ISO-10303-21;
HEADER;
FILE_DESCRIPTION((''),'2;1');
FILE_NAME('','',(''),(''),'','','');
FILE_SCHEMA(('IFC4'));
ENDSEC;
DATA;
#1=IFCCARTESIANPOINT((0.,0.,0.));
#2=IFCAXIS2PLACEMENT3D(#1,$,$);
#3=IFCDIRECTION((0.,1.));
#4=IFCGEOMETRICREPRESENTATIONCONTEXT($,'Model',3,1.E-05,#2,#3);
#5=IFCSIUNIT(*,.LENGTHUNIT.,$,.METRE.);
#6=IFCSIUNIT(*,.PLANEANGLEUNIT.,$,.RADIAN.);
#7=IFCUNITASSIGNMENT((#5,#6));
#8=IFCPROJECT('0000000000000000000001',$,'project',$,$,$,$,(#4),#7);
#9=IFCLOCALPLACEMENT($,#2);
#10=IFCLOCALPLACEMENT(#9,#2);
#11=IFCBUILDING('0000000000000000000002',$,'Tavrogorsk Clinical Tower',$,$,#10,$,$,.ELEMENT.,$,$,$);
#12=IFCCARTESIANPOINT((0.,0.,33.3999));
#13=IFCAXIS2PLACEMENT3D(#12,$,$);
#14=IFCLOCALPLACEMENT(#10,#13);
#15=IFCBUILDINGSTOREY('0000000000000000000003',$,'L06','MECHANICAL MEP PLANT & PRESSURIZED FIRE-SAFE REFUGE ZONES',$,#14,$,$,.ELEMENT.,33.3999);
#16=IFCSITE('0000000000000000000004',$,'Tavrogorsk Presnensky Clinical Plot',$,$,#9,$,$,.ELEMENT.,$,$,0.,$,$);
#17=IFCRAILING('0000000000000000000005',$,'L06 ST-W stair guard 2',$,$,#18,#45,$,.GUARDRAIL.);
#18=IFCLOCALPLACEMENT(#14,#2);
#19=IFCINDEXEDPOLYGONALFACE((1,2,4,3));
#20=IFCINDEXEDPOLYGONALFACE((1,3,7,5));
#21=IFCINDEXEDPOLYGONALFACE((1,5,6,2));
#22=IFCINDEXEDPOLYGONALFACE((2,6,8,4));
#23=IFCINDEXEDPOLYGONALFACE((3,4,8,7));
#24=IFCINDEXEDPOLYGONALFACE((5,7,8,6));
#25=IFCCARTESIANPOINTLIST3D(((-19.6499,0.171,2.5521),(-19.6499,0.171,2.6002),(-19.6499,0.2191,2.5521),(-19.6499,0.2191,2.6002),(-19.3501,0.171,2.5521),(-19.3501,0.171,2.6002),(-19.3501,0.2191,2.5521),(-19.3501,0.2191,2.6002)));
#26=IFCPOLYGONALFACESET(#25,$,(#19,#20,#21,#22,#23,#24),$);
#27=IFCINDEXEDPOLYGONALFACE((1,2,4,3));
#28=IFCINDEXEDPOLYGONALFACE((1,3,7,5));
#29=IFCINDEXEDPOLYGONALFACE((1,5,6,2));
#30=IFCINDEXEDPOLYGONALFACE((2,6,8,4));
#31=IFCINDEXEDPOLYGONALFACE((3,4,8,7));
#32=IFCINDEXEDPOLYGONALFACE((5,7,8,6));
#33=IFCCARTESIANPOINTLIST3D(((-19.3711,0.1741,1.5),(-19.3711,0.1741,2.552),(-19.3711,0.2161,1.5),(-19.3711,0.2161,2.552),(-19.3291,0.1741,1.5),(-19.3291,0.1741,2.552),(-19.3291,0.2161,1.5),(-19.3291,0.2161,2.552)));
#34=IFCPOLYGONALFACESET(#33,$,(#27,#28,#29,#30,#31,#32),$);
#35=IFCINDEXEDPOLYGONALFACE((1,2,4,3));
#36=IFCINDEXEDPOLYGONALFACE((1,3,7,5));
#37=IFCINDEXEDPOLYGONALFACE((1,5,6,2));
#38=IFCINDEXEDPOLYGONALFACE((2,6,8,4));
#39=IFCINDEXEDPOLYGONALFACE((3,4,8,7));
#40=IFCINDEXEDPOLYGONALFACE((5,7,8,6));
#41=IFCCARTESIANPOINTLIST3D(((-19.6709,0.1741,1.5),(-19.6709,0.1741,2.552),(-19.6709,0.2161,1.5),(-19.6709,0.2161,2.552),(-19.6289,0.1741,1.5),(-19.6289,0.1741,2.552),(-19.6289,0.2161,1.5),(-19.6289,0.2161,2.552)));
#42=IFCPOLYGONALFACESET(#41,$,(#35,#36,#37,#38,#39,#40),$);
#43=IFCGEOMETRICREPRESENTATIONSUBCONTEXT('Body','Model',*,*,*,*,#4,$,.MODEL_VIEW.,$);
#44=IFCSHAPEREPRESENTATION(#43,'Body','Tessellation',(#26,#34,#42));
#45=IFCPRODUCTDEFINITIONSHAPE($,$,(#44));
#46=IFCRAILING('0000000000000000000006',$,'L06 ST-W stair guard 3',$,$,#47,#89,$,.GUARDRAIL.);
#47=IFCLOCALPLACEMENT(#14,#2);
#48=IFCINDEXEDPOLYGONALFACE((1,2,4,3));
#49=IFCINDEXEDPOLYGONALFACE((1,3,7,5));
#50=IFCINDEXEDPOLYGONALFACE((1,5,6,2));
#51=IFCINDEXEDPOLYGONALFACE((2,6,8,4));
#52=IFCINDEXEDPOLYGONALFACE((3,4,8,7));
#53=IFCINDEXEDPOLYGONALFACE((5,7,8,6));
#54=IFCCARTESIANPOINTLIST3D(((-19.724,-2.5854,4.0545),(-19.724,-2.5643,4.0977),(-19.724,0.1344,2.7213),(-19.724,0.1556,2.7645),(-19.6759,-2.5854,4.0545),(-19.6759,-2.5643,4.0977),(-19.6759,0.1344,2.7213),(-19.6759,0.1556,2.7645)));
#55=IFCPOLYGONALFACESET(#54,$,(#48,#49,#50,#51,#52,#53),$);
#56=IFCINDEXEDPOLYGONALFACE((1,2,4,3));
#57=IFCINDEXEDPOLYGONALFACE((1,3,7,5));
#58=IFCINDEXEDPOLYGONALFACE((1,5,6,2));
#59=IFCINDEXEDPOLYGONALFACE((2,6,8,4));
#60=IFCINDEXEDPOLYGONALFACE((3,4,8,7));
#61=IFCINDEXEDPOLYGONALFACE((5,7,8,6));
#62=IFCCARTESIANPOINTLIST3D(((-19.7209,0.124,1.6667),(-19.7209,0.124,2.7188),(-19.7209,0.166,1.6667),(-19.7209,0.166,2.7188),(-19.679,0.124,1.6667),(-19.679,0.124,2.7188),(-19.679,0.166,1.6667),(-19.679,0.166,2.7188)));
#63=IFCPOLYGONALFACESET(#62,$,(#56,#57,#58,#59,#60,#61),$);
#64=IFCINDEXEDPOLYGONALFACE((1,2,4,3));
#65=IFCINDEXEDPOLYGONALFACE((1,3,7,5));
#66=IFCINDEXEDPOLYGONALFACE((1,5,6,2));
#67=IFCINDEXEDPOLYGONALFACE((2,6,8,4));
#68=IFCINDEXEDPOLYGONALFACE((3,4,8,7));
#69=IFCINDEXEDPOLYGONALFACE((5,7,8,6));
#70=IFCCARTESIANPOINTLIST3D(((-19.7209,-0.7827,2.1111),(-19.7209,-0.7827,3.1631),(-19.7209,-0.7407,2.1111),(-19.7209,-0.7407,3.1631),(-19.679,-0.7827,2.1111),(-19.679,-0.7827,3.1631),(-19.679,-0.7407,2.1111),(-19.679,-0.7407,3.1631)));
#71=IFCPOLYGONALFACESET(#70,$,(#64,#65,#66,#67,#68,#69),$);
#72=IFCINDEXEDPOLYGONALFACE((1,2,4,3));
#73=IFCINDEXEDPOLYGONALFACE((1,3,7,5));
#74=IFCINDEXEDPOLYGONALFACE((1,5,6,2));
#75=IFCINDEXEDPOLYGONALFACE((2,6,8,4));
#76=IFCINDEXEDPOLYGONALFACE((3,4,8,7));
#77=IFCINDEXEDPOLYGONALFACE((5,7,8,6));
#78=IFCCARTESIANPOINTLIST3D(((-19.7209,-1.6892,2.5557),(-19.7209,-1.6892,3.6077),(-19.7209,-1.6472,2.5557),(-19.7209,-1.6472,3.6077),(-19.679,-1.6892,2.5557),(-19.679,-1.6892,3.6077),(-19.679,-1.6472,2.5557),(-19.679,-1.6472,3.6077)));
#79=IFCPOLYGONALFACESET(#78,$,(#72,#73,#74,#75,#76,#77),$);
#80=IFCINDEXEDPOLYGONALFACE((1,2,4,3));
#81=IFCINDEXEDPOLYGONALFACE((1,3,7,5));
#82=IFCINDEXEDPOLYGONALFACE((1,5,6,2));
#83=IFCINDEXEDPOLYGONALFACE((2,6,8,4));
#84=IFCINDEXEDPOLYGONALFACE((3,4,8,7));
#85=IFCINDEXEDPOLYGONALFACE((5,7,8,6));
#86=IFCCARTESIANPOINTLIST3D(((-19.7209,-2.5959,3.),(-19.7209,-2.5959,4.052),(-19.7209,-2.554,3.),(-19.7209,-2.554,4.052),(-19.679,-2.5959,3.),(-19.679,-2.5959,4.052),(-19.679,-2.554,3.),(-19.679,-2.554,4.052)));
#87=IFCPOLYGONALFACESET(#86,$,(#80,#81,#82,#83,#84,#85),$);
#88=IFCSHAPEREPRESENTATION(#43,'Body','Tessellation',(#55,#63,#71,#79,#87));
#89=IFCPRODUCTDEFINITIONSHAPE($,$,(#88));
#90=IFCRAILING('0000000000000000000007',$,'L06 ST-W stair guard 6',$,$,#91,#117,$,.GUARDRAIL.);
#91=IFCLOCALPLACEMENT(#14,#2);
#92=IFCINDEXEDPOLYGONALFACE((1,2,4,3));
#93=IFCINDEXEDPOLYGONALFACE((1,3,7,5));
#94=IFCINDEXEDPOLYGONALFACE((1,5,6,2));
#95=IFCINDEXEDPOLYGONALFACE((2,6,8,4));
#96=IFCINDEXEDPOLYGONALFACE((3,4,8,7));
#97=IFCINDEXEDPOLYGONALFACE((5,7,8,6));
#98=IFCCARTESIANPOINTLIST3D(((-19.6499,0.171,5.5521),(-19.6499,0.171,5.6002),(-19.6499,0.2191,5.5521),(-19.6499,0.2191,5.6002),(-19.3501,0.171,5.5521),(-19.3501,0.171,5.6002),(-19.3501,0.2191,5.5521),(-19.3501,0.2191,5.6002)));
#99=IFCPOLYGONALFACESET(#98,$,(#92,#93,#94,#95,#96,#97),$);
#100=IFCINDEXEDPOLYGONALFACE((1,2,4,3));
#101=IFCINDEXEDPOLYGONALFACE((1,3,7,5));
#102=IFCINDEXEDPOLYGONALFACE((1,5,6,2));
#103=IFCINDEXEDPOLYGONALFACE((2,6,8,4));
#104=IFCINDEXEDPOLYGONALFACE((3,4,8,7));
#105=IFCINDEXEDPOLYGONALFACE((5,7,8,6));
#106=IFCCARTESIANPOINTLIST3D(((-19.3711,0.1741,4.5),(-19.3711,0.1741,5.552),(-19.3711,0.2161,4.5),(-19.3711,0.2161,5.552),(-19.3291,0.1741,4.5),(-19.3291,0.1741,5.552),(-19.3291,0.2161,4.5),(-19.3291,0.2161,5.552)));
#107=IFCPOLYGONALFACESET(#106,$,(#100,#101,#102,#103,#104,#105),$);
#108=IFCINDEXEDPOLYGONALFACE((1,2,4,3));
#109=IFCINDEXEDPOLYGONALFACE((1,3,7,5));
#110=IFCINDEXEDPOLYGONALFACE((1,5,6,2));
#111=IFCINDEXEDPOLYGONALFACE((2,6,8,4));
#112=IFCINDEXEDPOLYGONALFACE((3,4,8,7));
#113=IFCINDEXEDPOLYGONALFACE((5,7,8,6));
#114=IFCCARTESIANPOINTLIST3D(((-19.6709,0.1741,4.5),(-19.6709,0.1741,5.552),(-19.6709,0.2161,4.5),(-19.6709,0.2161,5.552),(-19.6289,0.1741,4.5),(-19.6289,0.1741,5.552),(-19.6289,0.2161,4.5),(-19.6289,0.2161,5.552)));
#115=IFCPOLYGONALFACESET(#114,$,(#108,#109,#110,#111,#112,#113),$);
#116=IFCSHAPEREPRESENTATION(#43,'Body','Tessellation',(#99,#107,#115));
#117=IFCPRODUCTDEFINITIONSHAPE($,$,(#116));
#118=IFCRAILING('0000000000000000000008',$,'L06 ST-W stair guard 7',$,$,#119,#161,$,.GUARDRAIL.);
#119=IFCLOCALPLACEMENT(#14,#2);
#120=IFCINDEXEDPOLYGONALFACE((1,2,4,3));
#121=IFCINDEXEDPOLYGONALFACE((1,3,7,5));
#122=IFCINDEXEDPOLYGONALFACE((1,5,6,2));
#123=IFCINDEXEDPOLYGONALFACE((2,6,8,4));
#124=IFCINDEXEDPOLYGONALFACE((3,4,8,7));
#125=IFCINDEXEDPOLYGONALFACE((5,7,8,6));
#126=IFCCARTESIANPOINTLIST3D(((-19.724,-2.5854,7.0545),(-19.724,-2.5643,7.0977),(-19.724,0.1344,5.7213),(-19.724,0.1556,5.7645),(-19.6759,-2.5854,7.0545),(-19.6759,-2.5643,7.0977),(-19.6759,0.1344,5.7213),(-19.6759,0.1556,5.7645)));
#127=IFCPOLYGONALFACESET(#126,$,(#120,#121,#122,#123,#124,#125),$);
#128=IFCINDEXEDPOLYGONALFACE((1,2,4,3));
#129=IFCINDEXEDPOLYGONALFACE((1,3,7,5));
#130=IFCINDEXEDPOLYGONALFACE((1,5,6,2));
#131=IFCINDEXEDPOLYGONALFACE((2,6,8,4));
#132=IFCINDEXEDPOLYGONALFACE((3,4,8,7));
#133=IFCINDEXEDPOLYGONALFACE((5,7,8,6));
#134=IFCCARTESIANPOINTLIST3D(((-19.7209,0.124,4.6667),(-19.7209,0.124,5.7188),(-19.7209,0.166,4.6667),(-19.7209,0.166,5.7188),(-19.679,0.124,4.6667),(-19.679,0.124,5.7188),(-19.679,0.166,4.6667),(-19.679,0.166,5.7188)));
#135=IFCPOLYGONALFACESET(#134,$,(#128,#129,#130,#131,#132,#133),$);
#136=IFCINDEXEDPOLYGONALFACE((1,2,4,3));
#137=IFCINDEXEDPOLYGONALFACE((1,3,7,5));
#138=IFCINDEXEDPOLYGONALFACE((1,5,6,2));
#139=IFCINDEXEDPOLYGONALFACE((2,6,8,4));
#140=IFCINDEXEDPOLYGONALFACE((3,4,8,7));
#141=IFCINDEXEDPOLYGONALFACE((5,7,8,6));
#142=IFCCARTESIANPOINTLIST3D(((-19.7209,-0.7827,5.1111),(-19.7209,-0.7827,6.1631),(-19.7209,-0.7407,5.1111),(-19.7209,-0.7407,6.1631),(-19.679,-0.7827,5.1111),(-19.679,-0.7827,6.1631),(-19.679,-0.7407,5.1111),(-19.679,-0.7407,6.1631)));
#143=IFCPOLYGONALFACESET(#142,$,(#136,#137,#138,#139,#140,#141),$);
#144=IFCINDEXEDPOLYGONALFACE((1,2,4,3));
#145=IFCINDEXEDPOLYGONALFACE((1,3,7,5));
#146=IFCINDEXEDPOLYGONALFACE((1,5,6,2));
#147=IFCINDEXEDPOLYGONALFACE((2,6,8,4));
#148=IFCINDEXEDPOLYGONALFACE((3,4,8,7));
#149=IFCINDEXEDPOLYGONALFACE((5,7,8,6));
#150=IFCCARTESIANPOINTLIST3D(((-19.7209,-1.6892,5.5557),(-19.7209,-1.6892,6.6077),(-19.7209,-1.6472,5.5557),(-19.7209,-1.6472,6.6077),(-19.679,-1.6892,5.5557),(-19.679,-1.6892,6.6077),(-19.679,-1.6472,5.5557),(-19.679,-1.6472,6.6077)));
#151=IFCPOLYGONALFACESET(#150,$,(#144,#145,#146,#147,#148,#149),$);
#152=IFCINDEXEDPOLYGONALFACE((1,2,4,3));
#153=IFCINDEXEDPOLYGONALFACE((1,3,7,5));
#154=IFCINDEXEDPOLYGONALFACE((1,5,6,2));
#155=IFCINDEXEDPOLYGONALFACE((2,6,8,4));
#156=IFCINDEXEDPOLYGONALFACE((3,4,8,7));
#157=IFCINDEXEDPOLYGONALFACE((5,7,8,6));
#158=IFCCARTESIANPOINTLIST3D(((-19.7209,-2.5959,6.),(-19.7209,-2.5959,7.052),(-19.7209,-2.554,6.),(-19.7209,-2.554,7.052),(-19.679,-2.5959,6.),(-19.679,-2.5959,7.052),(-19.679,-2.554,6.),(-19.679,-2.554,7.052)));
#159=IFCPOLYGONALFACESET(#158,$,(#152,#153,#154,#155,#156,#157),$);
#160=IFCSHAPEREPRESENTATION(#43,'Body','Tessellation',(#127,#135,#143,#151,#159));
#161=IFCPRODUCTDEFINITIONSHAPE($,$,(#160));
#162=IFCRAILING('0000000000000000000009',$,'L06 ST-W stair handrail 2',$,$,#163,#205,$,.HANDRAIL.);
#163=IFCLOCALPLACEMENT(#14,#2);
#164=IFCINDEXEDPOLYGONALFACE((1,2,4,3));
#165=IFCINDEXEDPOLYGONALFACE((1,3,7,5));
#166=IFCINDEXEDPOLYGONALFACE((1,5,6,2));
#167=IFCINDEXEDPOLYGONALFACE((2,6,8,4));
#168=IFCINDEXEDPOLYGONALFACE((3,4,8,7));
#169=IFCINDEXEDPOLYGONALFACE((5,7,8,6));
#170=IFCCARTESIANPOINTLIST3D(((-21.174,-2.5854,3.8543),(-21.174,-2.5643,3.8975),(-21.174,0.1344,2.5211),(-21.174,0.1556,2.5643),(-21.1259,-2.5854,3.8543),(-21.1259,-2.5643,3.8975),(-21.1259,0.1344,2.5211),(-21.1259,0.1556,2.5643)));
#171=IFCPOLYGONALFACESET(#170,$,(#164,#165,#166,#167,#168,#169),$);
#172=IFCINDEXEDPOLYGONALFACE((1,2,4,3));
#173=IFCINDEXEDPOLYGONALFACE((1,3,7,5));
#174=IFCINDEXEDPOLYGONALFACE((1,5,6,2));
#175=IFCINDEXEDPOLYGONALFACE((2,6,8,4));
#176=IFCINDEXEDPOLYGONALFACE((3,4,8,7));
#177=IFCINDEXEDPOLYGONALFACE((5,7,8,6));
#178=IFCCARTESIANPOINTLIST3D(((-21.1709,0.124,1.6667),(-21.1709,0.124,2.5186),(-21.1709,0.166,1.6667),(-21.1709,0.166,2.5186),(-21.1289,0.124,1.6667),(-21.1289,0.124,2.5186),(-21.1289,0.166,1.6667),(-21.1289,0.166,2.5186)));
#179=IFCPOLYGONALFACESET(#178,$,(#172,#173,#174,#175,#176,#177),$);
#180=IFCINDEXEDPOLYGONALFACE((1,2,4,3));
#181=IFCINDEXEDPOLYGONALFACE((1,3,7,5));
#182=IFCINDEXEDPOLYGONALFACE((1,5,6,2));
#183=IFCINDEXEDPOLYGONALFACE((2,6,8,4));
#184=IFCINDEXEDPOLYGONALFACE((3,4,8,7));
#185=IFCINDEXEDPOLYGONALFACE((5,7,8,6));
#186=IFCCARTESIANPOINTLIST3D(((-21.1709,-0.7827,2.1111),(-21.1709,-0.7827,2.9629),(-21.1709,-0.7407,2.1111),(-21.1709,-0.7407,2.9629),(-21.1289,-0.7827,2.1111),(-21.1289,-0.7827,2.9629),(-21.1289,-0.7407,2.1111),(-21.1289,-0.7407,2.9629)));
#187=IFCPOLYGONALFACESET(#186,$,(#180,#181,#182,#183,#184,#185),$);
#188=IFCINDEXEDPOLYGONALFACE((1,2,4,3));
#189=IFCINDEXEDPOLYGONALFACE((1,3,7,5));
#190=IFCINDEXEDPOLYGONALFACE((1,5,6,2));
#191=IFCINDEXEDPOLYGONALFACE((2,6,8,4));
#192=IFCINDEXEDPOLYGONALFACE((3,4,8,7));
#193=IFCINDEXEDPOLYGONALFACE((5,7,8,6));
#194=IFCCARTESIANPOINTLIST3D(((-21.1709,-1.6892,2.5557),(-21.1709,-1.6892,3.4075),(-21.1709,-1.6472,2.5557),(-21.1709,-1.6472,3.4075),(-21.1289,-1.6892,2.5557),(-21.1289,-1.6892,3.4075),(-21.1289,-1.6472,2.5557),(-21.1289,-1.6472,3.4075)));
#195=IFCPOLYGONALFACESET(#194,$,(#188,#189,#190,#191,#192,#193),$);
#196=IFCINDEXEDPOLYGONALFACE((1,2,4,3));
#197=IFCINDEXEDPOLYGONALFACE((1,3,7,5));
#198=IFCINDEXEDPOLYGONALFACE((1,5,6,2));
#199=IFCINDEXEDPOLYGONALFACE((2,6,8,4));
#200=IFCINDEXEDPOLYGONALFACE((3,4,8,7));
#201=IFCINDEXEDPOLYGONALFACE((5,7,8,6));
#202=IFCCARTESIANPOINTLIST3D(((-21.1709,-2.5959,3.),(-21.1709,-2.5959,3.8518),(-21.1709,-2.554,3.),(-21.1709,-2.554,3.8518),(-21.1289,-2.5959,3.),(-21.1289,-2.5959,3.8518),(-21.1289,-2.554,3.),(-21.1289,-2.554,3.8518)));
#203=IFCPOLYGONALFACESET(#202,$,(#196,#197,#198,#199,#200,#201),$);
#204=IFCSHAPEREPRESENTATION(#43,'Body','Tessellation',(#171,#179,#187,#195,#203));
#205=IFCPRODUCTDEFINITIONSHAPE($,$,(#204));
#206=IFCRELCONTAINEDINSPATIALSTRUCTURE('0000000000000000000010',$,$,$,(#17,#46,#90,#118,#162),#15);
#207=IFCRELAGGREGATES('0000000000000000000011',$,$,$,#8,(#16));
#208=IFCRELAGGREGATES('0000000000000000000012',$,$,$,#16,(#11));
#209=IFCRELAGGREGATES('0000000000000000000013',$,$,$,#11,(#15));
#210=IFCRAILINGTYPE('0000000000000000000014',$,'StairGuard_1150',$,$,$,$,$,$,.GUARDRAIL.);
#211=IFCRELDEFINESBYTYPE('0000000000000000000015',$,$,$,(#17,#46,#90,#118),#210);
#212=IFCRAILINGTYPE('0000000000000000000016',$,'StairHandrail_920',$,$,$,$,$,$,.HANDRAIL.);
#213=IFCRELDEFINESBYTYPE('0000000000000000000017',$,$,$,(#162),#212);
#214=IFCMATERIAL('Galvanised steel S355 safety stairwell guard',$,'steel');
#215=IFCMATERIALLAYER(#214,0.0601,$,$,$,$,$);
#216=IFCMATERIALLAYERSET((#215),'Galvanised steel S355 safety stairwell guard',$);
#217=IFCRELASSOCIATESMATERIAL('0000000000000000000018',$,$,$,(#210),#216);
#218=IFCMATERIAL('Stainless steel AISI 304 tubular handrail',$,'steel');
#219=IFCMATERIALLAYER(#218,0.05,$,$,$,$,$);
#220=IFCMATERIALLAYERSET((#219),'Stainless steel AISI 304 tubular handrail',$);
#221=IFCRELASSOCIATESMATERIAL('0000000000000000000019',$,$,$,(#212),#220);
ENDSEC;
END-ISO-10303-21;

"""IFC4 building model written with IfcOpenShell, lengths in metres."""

from ifc_helpers import new_model, si_unit, direction, frame, origin, origin_2d, place, context, subcontext, project, spatial, rectangle, extrude, material, layer, layer_set, type_object, element, save


model = new_model("IFC4")

# Units and contexts
model_context = context("Model", 3, precision=1e-05, world=origin(), true_north=direction((0.0, 1.0)))
body_context = subcontext(model_context, "Body", "Model", "MODEL_VIEW")
ifc_project = project(units=[si_unit("LENGTHUNIT", "METRE"), si_unit("PLANEANGLEUNIT", "RADIAN")], contexts=[model_context])

# Site, building, storey
site_placement = place(None, origin())
site = spatial("IfcSite", under=ifc_project, at=site_placement, Name="Tavrogorsk Presnensky Clinical Plot", CompositionType="ELEMENT", RefElevation=0.0)
building_placement = place(site_placement, origin())
building = spatial("IfcBuilding", under=site, at=building_placement, Name="Tavrogorsk Clinical Tower", CompositionType="ELEMENT")
storey_placement = place(building_placement, frame((0.0, 0.0, 33.3999)))
storey = spatial("IfcBuildingStorey", under=building, at=storey_placement, Name="L06", Description="MECHANICAL MEP PLANT & PRESSURIZED FIRE-SAFE REFUGE ZONES", CompositionType="ELEMENT", Elevation=33.3999)

# Railings
ifc_material_1 = material(Name="Galvanised steel S355 safety stairwell guard", Category="steel")
ifc_layer_1 = layer(ifc_material_1, 0.0601)
ifc_layer_set_1 = layer_set([ifc_layer_1], Name="Galvanised steel S355 safety stairwell guard")
railing_type_1 = type_object("IfcRailingType", Name="StairGuard_1150", PredefinedType="GUARDRAIL", material=ifc_layer_set_1)
railing_1_placement = place(storey_placement, frame((-19.3501, 0.1951, 1.5)))
element("IfcRailing", 1, at=railing_1_placement, inside=storey, type_object=railing_type_1, Name="L06 ST-W stair guard 2", PredefinedType="GUARDRAIL", context=body_context, shape_type="SweptSolid", body=[
    extrude(rectangle(XDim=0.0481, YDim=0.0481, at=origin_2d()), frame((0.0, 0.0, 1.0762), z_axis=(-1.0, 0.0, 0.0), x_axis=(0.0, -1.0, 0.0)), (0.0, 0.0, 1.0), 0.2998),
    extrude(rectangle(XDim=0.042, YDim=0.042, at=origin_2d()), origin(), (0.0, 0.0, 1.0), 1.052),
    extrude(rectangle(XDim=0.042, YDim=0.042, at=origin_2d()), frame((-0.2998, 0.0, 0.0)), (0.0, 0.0, 1.0), 1.052),
])
railing_2_placement = place(storey_placement, frame((-19.7, 0.145, 1.6667)))
element("IfcRailing", 2, at=railing_2_placement, inside=storey, type_object=railing_type_1, Name="L06 ST-W stair guard 3", PredefinedType="GUARDRAIL", context=body_context, shape_type="SweptSolid", body=[
    extrude(rectangle(XDim=0.0481, YDim=0.0481, at=origin_2d()), frame((0.0, 0.0, 1.0762), z_axis=(0.0, -0.897929, 0.440139), x_axis=(1.0, 0.0, 0.0)), (0.0, 0.0, 1.0), 3.0291),
    extrude(rectangle(XDim=0.042, YDim=0.042, at=origin_2d()), origin(), (0.0, 0.0, 1.0), 1.052),
    extrude(rectangle(XDim=0.042, YDim=0.042, at=origin_2d()), frame((0.0, -0.9067, 0.4443)), (0.0, 0.0, 1.0), 1.052),
    extrude(rectangle(XDim=0.042, YDim=0.042, at=origin_2d()), frame((0.0, -1.8132, 0.8889)), (0.0, 0.0, 1.0), 1.052),
    extrude(rectangle(XDim=0.042, YDim=0.042, at=origin_2d()), frame((0.0, -2.72, 1.3333)), (0.0, 0.0, 1.0), 1.052),
])
railing_3_placement = place(storey_placement, frame((-19.3501, 0.1951, 4.5)))
element("IfcRailing", 3, at=railing_3_placement, inside=storey, type_object=railing_type_1, Name="L06 ST-W stair guard 6", PredefinedType="GUARDRAIL", context=body_context, shape_type="SweptSolid", body=[
    extrude(rectangle(XDim=0.0481, YDim=0.0481, at=origin_2d()), frame((0.0, 0.0, 1.0762), z_axis=(-1.0, 0.0, 0.0), x_axis=(0.0, -1.0, 0.0)), (0.0, 0.0, 1.0), 0.2998),
    extrude(rectangle(XDim=0.042, YDim=0.042, at=origin_2d()), origin(), (0.0, 0.0, 1.0), 1.052),
    extrude(rectangle(XDim=0.042, YDim=0.042, at=origin_2d()), frame((-0.2998, 0.0, 0.0)), (0.0, 0.0, 1.0), 1.052),
])
railing_4_placement = place(storey_placement, frame((-19.7, 0.145, 4.6667)))
element("IfcRailing", 4, at=railing_4_placement, inside=storey, type_object=railing_type_1, Name="L06 ST-W stair guard 7", PredefinedType="GUARDRAIL", context=body_context, shape_type="SweptSolid", body=[
    extrude(rectangle(XDim=0.0481, YDim=0.0481, at=origin_2d()), frame((0.0, 0.0, 1.0762), z_axis=(0.0, -0.897929, 0.440139), x_axis=(1.0, 0.0, 0.0)), (0.0, 0.0, 1.0), 3.0291),
    extrude(rectangle(XDim=0.042, YDim=0.042, at=origin_2d()), origin(), (0.0, 0.0, 1.0), 1.052),
    extrude(rectangle(XDim=0.042, YDim=0.042, at=origin_2d()), frame((0.0, -0.9067, 0.4443)), (0.0, 0.0, 1.0), 1.052),
    extrude(rectangle(XDim=0.042, YDim=0.042, at=origin_2d()), frame((0.0, -1.8132, 0.8889)), (0.0, 0.0, 1.0), 1.052),
    extrude(rectangle(XDim=0.042, YDim=0.042, at=origin_2d()), frame((0.0, -2.72, 1.3333)), (0.0, 0.0, 1.0), 1.052),
])
ifc_material_2 = material(Name="Stainless steel AISI 304 tubular handrail", Category="steel")
ifc_layer_2 = layer(ifc_material_2, 0.05)
ifc_layer_set_2 = layer_set([ifc_layer_2], Name="Stainless steel AISI 304 tubular handrail")
railing_type_2 = type_object("IfcRailingType", Name="StairHandrail_920", PredefinedType="HANDRAIL", material=ifc_layer_set_2)
for number, where, name in (
    (5, (-21.1499, 0.145, 1.6667), "L06 ST-W stair handrail 2"),
):
    element("IfcRailing", number, at=place(storey_placement, frame(where)), inside=storey, type_object=railing_type_2, Name=name, PredefinedType="HANDRAIL", context=body_context, shape_type="SweptSolid", body=[
        extrude(rectangle(XDim=0.0481, YDim=0.0481, at=origin_2d()), frame((0.0, 0.0, 0.876), z_axis=(0.0, -0.897929, 0.440139), x_axis=(1.0, 0.0, 0.0)), (0.0, 0.0, 1.0), 3.0291),
        extrude(rectangle(XDim=0.042, YDim=0.042, at=origin_2d()), origin(), (0.0, 0.0, 1.0), 0.8518),
        extrude(rectangle(XDim=0.042, YDim=0.042, at=origin_2d()), frame((0.0, -0.9067, 0.4443)), (0.0, 0.0, 1.0), 0.8518),
        extrude(rectangle(XDim=0.042, YDim=0.042, at=origin_2d()), frame((0.0, -1.8132, 0.8889)), (0.0, 0.0, 1.0), 0.8518),
        extrude(rectangle(XDim=0.042, YDim=0.042, at=origin_2d()), frame((0.0, -2.72, 1.3333)), (0.0, 0.0, 1.0), 0.8518),
    ])

save(model, "model.ifc")
